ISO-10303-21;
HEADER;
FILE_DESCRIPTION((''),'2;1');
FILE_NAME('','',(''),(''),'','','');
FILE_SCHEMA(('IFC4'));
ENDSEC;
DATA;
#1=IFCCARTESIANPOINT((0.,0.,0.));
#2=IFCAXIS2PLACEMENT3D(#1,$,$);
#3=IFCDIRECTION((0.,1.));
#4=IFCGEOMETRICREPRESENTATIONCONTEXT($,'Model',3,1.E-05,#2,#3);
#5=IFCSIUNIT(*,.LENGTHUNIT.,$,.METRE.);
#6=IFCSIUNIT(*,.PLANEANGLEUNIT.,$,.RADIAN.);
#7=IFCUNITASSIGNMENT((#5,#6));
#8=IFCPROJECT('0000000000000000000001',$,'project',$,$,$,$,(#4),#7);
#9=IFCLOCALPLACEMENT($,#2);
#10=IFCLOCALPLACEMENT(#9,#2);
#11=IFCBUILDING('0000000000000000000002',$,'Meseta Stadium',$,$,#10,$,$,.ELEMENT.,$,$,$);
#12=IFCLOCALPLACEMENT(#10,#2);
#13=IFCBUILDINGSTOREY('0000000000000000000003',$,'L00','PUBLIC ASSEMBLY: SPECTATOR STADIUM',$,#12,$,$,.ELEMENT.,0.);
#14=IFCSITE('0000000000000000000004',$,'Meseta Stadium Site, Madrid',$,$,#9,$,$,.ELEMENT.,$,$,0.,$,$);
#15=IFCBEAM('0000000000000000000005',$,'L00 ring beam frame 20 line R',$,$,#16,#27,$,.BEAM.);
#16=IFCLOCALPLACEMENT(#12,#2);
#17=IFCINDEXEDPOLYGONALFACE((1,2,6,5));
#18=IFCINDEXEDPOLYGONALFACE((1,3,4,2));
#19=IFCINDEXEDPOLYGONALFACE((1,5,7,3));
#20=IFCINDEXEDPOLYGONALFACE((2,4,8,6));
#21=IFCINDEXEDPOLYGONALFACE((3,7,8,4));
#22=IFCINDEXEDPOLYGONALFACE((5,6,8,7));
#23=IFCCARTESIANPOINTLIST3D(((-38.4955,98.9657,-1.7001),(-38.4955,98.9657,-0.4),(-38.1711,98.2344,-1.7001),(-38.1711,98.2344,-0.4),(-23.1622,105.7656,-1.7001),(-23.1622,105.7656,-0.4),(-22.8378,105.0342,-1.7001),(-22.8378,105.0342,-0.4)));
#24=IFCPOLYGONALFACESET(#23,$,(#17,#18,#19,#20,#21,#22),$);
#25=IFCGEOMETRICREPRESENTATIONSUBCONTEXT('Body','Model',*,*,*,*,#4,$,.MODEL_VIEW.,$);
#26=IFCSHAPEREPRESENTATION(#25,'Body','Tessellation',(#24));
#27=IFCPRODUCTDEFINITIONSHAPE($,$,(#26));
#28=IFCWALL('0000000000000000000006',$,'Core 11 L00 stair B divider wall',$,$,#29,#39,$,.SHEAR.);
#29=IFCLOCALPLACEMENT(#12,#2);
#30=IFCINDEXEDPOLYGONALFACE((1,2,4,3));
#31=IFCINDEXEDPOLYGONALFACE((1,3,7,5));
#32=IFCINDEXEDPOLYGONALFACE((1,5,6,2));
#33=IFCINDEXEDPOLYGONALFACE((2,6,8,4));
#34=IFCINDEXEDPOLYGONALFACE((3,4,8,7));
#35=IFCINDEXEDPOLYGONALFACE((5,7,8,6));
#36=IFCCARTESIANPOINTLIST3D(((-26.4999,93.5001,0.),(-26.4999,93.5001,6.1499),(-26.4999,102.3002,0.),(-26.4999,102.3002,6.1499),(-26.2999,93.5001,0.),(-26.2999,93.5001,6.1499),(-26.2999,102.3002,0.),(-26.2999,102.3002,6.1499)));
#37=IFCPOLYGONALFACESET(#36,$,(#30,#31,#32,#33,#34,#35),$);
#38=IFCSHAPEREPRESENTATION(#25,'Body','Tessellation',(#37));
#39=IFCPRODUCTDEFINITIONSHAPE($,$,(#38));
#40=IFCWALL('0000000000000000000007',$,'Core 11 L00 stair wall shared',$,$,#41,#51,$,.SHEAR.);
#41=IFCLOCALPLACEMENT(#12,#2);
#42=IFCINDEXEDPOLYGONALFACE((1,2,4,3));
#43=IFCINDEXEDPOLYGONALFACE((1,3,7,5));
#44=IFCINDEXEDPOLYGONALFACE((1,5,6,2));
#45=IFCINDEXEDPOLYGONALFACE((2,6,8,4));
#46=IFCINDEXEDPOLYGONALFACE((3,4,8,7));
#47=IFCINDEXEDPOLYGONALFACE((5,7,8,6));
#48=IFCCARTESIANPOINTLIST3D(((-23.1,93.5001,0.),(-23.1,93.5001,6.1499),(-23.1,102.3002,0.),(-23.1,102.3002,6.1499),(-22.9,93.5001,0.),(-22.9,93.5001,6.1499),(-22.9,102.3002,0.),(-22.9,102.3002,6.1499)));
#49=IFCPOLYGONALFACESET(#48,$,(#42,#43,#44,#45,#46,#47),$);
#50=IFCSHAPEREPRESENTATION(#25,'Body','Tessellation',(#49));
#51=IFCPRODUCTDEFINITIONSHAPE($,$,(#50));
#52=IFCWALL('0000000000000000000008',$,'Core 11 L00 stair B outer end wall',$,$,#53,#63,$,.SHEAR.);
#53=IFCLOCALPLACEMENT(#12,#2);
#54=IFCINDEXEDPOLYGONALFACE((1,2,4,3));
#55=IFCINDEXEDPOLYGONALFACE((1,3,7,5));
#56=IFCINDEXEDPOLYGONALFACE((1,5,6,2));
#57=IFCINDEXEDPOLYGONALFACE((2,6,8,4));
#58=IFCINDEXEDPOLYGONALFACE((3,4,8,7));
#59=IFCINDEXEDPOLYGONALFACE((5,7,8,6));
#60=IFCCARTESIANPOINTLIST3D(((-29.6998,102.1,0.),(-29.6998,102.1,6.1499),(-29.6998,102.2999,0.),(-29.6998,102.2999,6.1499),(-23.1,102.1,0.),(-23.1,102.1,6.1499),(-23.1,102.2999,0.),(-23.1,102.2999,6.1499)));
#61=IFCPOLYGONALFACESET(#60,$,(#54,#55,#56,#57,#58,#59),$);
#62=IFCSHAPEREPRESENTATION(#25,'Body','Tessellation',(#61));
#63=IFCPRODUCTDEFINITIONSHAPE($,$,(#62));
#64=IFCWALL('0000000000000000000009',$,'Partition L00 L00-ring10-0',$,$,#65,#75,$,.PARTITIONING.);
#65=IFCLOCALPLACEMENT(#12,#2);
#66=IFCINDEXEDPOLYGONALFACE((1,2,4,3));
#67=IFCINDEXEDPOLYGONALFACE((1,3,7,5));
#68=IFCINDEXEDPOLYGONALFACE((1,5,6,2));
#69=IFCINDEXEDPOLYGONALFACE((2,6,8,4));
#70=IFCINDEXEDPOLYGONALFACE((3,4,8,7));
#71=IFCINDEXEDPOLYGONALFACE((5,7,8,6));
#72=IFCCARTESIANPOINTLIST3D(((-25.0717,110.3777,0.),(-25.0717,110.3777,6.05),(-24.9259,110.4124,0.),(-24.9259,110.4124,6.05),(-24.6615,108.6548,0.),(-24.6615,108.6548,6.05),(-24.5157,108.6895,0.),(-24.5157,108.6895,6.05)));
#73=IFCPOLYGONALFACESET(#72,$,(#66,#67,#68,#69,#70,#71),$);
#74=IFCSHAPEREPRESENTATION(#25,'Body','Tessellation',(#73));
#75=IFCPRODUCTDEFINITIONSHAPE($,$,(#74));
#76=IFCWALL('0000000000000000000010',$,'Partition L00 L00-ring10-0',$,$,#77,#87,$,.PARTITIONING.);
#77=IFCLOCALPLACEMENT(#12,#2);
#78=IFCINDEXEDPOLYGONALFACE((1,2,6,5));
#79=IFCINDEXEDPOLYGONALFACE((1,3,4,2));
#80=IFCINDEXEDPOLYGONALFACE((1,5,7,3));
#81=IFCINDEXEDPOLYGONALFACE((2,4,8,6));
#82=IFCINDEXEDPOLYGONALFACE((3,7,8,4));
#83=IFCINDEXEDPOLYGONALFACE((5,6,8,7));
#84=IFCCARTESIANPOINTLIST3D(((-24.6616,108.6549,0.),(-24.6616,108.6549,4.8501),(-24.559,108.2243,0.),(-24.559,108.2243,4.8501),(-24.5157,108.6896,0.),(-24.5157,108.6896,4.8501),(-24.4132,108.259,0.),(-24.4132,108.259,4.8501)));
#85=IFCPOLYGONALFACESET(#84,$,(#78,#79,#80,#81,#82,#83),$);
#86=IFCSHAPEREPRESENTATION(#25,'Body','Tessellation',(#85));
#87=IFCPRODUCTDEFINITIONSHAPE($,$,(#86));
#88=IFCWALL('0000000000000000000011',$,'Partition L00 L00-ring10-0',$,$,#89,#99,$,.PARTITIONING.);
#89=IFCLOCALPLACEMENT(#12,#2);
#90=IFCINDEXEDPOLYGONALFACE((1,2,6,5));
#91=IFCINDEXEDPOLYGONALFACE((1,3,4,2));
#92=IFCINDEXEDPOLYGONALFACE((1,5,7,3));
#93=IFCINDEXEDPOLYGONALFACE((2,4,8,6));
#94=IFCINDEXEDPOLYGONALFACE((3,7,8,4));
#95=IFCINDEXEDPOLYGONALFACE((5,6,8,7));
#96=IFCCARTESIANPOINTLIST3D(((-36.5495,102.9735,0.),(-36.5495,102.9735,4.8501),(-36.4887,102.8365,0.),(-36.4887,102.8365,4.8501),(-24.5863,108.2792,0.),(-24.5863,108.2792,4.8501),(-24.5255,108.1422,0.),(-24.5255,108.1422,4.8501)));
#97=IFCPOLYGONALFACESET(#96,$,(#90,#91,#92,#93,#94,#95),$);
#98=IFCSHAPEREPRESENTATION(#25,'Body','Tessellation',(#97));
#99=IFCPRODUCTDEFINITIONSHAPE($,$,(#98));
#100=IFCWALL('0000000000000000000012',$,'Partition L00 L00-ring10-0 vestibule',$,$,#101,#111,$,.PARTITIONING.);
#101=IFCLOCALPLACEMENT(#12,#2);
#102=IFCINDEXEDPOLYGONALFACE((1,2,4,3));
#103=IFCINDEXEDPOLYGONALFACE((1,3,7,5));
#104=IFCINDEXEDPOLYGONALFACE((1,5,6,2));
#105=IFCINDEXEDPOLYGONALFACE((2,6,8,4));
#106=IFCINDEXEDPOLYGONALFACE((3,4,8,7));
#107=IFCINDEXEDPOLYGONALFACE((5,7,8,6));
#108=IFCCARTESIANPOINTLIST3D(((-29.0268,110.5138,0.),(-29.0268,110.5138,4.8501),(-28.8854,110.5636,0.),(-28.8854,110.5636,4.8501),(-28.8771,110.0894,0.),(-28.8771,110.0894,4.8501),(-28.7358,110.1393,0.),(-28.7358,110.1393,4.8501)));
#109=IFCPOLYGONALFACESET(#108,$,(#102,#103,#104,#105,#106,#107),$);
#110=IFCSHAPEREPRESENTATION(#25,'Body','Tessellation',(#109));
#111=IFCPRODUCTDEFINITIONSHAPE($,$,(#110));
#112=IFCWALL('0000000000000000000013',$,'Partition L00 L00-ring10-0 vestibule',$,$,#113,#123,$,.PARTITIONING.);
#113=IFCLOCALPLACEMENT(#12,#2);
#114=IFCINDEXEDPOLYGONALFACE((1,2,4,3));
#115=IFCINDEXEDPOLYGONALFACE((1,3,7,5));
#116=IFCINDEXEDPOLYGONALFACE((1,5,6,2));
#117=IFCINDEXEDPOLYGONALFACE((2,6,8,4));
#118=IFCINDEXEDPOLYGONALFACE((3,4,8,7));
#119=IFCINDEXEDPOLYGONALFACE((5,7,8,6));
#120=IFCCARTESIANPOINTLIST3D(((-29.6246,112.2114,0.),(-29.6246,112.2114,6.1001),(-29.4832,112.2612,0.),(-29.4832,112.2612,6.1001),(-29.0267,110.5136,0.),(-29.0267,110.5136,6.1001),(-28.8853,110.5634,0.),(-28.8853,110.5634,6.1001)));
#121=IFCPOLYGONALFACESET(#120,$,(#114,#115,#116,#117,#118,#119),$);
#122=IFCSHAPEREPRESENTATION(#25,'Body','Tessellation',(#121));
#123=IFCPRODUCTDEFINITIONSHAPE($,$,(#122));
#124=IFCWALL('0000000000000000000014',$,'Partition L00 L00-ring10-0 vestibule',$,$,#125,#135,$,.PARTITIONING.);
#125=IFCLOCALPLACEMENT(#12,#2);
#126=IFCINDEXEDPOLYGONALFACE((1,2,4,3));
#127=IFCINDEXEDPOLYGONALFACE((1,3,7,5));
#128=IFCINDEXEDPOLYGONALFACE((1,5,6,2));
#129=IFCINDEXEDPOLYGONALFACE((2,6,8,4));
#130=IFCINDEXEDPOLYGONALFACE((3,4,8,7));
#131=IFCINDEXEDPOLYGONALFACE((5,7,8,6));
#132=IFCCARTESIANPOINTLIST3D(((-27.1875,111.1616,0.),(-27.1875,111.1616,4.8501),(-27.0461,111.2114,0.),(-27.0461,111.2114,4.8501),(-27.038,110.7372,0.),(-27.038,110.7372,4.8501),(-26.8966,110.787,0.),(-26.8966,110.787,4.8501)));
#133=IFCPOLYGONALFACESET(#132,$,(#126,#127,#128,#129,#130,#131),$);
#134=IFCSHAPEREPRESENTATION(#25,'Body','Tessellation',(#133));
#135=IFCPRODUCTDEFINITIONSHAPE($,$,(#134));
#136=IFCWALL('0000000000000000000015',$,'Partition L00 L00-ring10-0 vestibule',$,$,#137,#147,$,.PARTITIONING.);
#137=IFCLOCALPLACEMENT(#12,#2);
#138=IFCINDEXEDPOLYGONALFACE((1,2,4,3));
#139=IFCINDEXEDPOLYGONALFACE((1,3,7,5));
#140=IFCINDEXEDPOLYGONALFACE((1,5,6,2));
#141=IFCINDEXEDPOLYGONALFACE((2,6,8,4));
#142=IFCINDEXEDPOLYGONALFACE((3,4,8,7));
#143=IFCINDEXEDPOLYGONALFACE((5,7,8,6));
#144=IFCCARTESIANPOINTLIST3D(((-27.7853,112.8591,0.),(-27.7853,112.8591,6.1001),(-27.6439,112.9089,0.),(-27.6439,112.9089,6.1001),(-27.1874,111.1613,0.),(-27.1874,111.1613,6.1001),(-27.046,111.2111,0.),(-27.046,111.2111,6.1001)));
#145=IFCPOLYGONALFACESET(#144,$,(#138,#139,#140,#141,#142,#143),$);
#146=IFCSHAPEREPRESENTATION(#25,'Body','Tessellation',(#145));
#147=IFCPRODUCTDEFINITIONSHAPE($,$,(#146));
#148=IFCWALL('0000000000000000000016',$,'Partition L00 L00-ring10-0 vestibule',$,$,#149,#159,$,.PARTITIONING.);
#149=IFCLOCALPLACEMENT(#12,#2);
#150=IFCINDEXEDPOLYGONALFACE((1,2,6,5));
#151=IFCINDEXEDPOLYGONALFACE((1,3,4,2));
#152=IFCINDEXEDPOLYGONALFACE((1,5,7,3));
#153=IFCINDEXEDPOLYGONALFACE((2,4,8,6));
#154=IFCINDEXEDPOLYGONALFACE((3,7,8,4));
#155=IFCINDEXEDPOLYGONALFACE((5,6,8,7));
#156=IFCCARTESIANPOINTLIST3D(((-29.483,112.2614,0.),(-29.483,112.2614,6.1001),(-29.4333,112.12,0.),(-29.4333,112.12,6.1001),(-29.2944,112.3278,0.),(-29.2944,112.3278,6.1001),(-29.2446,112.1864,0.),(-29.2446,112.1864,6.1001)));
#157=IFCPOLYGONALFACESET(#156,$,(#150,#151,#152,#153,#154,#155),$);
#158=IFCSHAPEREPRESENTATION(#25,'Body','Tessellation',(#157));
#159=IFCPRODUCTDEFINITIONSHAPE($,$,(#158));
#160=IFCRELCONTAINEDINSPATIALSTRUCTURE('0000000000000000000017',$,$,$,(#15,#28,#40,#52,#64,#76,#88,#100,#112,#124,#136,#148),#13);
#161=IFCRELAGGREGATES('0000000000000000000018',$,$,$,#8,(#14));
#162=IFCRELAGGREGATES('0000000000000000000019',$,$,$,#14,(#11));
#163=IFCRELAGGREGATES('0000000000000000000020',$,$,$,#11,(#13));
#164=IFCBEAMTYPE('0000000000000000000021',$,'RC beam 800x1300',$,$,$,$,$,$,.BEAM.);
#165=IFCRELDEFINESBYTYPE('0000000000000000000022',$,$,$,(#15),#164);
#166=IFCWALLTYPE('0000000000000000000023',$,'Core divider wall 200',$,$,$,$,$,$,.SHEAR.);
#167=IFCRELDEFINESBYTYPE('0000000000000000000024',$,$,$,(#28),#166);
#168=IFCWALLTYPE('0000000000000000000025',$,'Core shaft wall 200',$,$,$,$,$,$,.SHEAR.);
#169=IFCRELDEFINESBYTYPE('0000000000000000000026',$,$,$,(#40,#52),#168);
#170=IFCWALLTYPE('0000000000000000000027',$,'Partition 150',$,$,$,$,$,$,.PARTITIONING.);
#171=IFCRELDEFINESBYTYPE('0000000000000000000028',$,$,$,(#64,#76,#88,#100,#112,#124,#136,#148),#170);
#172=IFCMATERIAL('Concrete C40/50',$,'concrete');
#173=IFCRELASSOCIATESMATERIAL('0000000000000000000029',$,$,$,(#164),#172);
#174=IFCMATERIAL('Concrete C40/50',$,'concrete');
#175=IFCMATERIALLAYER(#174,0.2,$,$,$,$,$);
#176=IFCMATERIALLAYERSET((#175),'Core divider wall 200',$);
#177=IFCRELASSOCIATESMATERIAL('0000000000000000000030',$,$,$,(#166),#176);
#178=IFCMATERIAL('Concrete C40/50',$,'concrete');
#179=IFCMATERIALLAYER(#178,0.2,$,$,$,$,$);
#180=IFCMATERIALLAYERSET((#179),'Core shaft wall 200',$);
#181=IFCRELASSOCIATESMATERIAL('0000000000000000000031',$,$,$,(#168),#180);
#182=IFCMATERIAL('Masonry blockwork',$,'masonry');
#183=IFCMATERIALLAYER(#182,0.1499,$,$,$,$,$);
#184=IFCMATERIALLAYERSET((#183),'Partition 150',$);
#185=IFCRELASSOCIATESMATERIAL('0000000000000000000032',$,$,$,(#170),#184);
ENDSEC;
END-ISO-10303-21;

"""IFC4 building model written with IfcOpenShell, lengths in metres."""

from ifc_helpers import new_model, si_unit, direction, frame, frame_2d, origin, origin_2d, place, context, subcontext, project, spatial, rectangle, extrude, material, layer, layer_set, material_profile, profile_set, type_object, element, save


model = new_model("IFC4")

# Units and contexts
model_context = context("Model", 3, precision=1e-05, world=origin(), true_north=direction((0.0, 1.0)))
body_context = subcontext(model_context, "Body", "Model", "MODEL_VIEW")
ifc_project = project(units=[si_unit("LENGTHUNIT", "METRE"), si_unit("PLANEANGLEUNIT", "RADIAN")], contexts=[model_context])

# Site, building, storey
site_placement = place(None, origin())
site = spatial("IfcSite", under=ifc_project, at=site_placement, Name="Meseta Stadium Site, Madrid", CompositionType="ELEMENT", RefElevation=0.0)
building_placement = place(site_placement, origin())
building = spatial("IfcBuilding", under=site, at=building_placement, Name="Meseta Stadium", CompositionType="ELEMENT")
storey_placement = place(building_placement, origin())
storey = spatial("IfcBuildingStorey", under=building, at=storey_placement, Name="L00", Description="PUBLIC ASSEMBLY: SPECTATOR STADIUM", CompositionType="ELEMENT", Elevation=0.0)

# Beam
ifc_material_1 = material(Name="Concrete C40/50", Category="concrete")
ifc_material_profile_1 = material_profile(ifc_material_1, rectangle(XDim=0.8, YDim=1.3, at=origin_2d()), Name="RC 800x1300")
ifc_profile_set_1 = profile_set([ifc_material_profile_1], Name="Concrete C40/50")
beam_type_1 = type_object("IfcBeamType", Name="RC beam 800x1300", PredefinedType="BEAM", material=ifc_profile_set_1)
beam_1_placement = place(storey_placement, frame((-23.0, 105.3999, -1.05), z_axis=(-0.914143, -0.405393, 0.0), x_axis=(0.405393, -0.914143, 0.0)))
element("IfcBeam", 1, at=beam_1_placement, inside=storey, type_object=beam_type_1, Name="L00 ring beam frame 20 line R", PredefinedType="BEAM", context=body_context, shape_type="SweptSolid", body=[
    extrude(rectangle(XDim=0.8, YDim=1.3, at=origin_2d()), origin(), (0.0, 0.0, 1.0), 16.7734),
])

# Walls
ifc_material_2 = material(Name="Concrete C40/50", Category="concrete")
ifc_layer_1 = layer(ifc_material_2, 0.2)
ifc_layer_set_1 = layer_set([ifc_layer_1], Name="Core divider wall 200")
wall_type_1 = type_object("IfcWallType", Name="Core divider wall 200", PredefinedType="SHEAR", material=ifc_layer_set_1)
wall_1_placement = place(storey_placement, frame((-26.3999, 102.3, 0.0), z_axis=(0.0, 0.0, 1.0), x_axis=(0.0, -1.0, 0.0)))
element("IfcWall", 2, at=wall_1_placement, inside=storey, type_object=wall_type_1, Name="Core 11 L00 stair B divider wall", PredefinedType="SHEAR", context=body_context, shape_type="SweptSolid", body=[
    extrude(rectangle(XDim=8.8, YDim=0.2, at=frame_2d((4.3999, 0.0))), origin(), (0.0, 0.0, 1.0), 6.1499),
])
ifc_material_3 = material(Name="Concrete C40/50", Category="concrete")
ifc_layer_2 = layer(ifc_material_3, 0.2)
ifc_layer_set_2 = layer_set([ifc_layer_2], Name="Core shaft wall 200")
wall_type_2 = type_object("IfcWallType", Name="Core shaft wall 200", PredefinedType="SHEAR", material=ifc_layer_set_2)
wall_2_placement = place(storey_placement, frame((-23.0, 102.3, 0.0), z_axis=(0.0, 0.0, 1.0), x_axis=(0.0, -1.0, 0.0)))
element("IfcWall", 3, at=wall_2_placement, inside=storey, type_object=wall_type_2, Name="Core 11 L00 stair wall shared", PredefinedType="SHEAR", context=body_context, shape_type="SweptSolid", body=[
    extrude(rectangle(XDim=8.8, YDim=0.2, at=frame_2d((4.3999, 0.0))), origin(), (0.0, 0.0, 1.0), 6.1499),
])
wall_3_placement = place(storey_placement, frame((-23.1001, 102.2, 0.0), z_axis=(0.0, 0.0, 1.0), x_axis=(-1.0, 0.0, 0.0)))
element("IfcWall", 4, at=wall_3_placement, inside=storey, type_object=wall_type_2, Name="Core 11 L00 stair B outer end wall", PredefinedType="SHEAR", context=body_context, shape_type="SweptSolid", body=[
    extrude(rectangle(XDim=6.5999, YDim=0.2, at=frame_2d((3.2998, 0.0))), origin(), (0.0, 0.0, 1.0), 6.1499),
])
ifc_material_4 = material(Name="Masonry blockwork", Category="masonry")
ifc_layer_3 = layer(ifc_material_4, 0.1499)
ifc_layer_set_3 = layer_set([ifc_layer_3], Name="Partition 150")
wall_type_3 = type_object("IfcWallType", Name="Partition 150", PredefinedType="PARTITIONING", material=ifc_layer_set_3)
wall_4_placement = place(storey_placement, frame((-24.9988, 110.395, 0.0), z_axis=(0.0, 0.0, 1.0), x_axis=(0.231589, -0.972814, 0.0)))
element("IfcWall", 5, at=wall_4_placement, inside=storey, type_object=wall_type_3, Name="Partition L00 L00-ring10-0", PredefinedType="PARTITIONING", context=body_context, shape_type="SweptSolid", body=[
    extrude(rectangle(XDim=1.771, YDim=0.1499, at=frame_2d((0.8855, 0.0))), origin(), (0.0, 0.0, 1.0), 6.05),
])
wall_5_placement = place(storey_placement, frame((-24.5886, 108.6721, 0.0), z_axis=(0.0, 0.0, 1.0), x_axis=(0.231621, -0.972806, 0.0)))
element("IfcWall", 6, at=wall_5_placement, inside=storey, type_object=wall_type_3, Name="Partition L00 L00-ring10-0", PredefinedType="PARTITIONING", context=body_context, shape_type="SweptSolid", body=[
    extrude(rectangle(XDim=0.4426, YDim=0.1499, at=frame_2d((0.2212, 0.0))), origin(), (0.0, 0.0, 1.0), 4.8501),
])
wall_6_placement = place(storey_placement, frame((-24.5559, 108.2107, 0.0), z_axis=(0.0, 0.0, 1.0), x_axis=(-0.914131, -0.405418, 0.0)))
element("IfcWall", 7, at=wall_6_placement, inside=storey, type_object=wall_type_3, Name="Partition L00 L00-ring10-0", PredefinedType="PARTITIONING", context=body_context, shape_type="SweptSolid", body=[
    extrude(rectangle(XDim=13.0869, YDim=0.1499, at=frame_2d((6.5435, 0.0))), origin(), (0.0, 0.0, 1.0), 4.8501),
])
wall_7_placement = place(storey_placement, frame((-28.8064, 110.1143, 0.0), z_axis=(0.0, 0.0, 1.0), x_axis=(-0.332621, 0.94306, 0.0)))
element("IfcWall", 8, at=wall_7_placement, inside=storey, type_object=wall_type_3, Name="Partition L00 L00-ring10-0 vestibule", PredefinedType="PARTITIONING", context=body_context, shape_type="SweptSolid", body=[
    extrude(rectangle(XDim=0.45, YDim=0.1499, at=frame_2d((0.2251, 0.0))), origin(), (0.0, 0.0, 1.0), 4.8501),
])
wall_8_placement = place(storey_placement, frame((-28.9561, 110.5386, 0.0), z_axis=(0.0, 0.0, 1.0), x_axis=(-0.332174, 0.943218, 0.0)))
element("IfcWall", 9, at=wall_8_placement, inside=storey, type_object=wall_type_3, Name="Partition L00 L00-ring10-0 vestibule", PredefinedType="PARTITIONING", context=body_context, shape_type="SweptSolid", body=[
    extrude(rectangle(XDim=1.8, YDim=0.1499, at=frame_2d((0.8999, 0.0))), origin(), (0.0, 0.0, 1.0), 6.1001),
])
wall_9_placement = place(storey_placement, frame((-26.9673, 110.762, 0.0), z_axis=(0.0, 0.0, 1.0), x_axis=(-0.332139, 0.943231, 0.0)))
element("IfcWall", 10, at=wall_9_placement, inside=storey, type_object=wall_type_3, Name="Partition L00 L00-ring10-0 vestibule", PredefinedType="PARTITIONING", context=body_context, shape_type="SweptSolid", body=[
    extrude(rectangle(XDim=0.45, YDim=0.1499, at=frame_2d((0.2251, 0.0))), origin(), (0.0, 0.0, 1.0), 4.8501),
])
wall_10_placement = place(storey_placement, frame((-27.1167, 111.1863, 0.0), z_axis=(0.0, 0.0, 1.0), x_axis=(-0.332174, 0.943218, 0.0)))
element("IfcWall", 11, at=wall_10_placement, inside=storey, type_object=wall_type_3, Name="Partition L00 L00-ring10-0 vestibule", PredefinedType="PARTITIONING", context=body_context, shape_type="SweptSolid", body=[
    extrude(rectangle(XDim=1.8, YDim=0.1499, at=frame_2d((0.8999, 0.0))), origin(), (0.0, 0.0, 1.0), 6.1001),
])
wall_11_placement = place(storey_placement, frame((-29.4583, 112.1907, 0.0), z_axis=(0.0, 0.0, 1.0), x_axis=(0.943305, 0.331926, 0.0)))
element("IfcWall", 12, at=wall_11_placement, inside=storey, type_object=wall_type_3, Name="Partition L00 L00-ring10-0 vestibule", PredefinedType="PARTITIONING", context=body_context, shape_type="SweptSolid", body=[
    extrude(rectangle(XDim=0.2, YDim=0.1499, at=frame_2d((0.1001, 0.0))), origin(), (0.0, 0.0, 1.0), 6.1001),
])

save(model, "model.ifc")
